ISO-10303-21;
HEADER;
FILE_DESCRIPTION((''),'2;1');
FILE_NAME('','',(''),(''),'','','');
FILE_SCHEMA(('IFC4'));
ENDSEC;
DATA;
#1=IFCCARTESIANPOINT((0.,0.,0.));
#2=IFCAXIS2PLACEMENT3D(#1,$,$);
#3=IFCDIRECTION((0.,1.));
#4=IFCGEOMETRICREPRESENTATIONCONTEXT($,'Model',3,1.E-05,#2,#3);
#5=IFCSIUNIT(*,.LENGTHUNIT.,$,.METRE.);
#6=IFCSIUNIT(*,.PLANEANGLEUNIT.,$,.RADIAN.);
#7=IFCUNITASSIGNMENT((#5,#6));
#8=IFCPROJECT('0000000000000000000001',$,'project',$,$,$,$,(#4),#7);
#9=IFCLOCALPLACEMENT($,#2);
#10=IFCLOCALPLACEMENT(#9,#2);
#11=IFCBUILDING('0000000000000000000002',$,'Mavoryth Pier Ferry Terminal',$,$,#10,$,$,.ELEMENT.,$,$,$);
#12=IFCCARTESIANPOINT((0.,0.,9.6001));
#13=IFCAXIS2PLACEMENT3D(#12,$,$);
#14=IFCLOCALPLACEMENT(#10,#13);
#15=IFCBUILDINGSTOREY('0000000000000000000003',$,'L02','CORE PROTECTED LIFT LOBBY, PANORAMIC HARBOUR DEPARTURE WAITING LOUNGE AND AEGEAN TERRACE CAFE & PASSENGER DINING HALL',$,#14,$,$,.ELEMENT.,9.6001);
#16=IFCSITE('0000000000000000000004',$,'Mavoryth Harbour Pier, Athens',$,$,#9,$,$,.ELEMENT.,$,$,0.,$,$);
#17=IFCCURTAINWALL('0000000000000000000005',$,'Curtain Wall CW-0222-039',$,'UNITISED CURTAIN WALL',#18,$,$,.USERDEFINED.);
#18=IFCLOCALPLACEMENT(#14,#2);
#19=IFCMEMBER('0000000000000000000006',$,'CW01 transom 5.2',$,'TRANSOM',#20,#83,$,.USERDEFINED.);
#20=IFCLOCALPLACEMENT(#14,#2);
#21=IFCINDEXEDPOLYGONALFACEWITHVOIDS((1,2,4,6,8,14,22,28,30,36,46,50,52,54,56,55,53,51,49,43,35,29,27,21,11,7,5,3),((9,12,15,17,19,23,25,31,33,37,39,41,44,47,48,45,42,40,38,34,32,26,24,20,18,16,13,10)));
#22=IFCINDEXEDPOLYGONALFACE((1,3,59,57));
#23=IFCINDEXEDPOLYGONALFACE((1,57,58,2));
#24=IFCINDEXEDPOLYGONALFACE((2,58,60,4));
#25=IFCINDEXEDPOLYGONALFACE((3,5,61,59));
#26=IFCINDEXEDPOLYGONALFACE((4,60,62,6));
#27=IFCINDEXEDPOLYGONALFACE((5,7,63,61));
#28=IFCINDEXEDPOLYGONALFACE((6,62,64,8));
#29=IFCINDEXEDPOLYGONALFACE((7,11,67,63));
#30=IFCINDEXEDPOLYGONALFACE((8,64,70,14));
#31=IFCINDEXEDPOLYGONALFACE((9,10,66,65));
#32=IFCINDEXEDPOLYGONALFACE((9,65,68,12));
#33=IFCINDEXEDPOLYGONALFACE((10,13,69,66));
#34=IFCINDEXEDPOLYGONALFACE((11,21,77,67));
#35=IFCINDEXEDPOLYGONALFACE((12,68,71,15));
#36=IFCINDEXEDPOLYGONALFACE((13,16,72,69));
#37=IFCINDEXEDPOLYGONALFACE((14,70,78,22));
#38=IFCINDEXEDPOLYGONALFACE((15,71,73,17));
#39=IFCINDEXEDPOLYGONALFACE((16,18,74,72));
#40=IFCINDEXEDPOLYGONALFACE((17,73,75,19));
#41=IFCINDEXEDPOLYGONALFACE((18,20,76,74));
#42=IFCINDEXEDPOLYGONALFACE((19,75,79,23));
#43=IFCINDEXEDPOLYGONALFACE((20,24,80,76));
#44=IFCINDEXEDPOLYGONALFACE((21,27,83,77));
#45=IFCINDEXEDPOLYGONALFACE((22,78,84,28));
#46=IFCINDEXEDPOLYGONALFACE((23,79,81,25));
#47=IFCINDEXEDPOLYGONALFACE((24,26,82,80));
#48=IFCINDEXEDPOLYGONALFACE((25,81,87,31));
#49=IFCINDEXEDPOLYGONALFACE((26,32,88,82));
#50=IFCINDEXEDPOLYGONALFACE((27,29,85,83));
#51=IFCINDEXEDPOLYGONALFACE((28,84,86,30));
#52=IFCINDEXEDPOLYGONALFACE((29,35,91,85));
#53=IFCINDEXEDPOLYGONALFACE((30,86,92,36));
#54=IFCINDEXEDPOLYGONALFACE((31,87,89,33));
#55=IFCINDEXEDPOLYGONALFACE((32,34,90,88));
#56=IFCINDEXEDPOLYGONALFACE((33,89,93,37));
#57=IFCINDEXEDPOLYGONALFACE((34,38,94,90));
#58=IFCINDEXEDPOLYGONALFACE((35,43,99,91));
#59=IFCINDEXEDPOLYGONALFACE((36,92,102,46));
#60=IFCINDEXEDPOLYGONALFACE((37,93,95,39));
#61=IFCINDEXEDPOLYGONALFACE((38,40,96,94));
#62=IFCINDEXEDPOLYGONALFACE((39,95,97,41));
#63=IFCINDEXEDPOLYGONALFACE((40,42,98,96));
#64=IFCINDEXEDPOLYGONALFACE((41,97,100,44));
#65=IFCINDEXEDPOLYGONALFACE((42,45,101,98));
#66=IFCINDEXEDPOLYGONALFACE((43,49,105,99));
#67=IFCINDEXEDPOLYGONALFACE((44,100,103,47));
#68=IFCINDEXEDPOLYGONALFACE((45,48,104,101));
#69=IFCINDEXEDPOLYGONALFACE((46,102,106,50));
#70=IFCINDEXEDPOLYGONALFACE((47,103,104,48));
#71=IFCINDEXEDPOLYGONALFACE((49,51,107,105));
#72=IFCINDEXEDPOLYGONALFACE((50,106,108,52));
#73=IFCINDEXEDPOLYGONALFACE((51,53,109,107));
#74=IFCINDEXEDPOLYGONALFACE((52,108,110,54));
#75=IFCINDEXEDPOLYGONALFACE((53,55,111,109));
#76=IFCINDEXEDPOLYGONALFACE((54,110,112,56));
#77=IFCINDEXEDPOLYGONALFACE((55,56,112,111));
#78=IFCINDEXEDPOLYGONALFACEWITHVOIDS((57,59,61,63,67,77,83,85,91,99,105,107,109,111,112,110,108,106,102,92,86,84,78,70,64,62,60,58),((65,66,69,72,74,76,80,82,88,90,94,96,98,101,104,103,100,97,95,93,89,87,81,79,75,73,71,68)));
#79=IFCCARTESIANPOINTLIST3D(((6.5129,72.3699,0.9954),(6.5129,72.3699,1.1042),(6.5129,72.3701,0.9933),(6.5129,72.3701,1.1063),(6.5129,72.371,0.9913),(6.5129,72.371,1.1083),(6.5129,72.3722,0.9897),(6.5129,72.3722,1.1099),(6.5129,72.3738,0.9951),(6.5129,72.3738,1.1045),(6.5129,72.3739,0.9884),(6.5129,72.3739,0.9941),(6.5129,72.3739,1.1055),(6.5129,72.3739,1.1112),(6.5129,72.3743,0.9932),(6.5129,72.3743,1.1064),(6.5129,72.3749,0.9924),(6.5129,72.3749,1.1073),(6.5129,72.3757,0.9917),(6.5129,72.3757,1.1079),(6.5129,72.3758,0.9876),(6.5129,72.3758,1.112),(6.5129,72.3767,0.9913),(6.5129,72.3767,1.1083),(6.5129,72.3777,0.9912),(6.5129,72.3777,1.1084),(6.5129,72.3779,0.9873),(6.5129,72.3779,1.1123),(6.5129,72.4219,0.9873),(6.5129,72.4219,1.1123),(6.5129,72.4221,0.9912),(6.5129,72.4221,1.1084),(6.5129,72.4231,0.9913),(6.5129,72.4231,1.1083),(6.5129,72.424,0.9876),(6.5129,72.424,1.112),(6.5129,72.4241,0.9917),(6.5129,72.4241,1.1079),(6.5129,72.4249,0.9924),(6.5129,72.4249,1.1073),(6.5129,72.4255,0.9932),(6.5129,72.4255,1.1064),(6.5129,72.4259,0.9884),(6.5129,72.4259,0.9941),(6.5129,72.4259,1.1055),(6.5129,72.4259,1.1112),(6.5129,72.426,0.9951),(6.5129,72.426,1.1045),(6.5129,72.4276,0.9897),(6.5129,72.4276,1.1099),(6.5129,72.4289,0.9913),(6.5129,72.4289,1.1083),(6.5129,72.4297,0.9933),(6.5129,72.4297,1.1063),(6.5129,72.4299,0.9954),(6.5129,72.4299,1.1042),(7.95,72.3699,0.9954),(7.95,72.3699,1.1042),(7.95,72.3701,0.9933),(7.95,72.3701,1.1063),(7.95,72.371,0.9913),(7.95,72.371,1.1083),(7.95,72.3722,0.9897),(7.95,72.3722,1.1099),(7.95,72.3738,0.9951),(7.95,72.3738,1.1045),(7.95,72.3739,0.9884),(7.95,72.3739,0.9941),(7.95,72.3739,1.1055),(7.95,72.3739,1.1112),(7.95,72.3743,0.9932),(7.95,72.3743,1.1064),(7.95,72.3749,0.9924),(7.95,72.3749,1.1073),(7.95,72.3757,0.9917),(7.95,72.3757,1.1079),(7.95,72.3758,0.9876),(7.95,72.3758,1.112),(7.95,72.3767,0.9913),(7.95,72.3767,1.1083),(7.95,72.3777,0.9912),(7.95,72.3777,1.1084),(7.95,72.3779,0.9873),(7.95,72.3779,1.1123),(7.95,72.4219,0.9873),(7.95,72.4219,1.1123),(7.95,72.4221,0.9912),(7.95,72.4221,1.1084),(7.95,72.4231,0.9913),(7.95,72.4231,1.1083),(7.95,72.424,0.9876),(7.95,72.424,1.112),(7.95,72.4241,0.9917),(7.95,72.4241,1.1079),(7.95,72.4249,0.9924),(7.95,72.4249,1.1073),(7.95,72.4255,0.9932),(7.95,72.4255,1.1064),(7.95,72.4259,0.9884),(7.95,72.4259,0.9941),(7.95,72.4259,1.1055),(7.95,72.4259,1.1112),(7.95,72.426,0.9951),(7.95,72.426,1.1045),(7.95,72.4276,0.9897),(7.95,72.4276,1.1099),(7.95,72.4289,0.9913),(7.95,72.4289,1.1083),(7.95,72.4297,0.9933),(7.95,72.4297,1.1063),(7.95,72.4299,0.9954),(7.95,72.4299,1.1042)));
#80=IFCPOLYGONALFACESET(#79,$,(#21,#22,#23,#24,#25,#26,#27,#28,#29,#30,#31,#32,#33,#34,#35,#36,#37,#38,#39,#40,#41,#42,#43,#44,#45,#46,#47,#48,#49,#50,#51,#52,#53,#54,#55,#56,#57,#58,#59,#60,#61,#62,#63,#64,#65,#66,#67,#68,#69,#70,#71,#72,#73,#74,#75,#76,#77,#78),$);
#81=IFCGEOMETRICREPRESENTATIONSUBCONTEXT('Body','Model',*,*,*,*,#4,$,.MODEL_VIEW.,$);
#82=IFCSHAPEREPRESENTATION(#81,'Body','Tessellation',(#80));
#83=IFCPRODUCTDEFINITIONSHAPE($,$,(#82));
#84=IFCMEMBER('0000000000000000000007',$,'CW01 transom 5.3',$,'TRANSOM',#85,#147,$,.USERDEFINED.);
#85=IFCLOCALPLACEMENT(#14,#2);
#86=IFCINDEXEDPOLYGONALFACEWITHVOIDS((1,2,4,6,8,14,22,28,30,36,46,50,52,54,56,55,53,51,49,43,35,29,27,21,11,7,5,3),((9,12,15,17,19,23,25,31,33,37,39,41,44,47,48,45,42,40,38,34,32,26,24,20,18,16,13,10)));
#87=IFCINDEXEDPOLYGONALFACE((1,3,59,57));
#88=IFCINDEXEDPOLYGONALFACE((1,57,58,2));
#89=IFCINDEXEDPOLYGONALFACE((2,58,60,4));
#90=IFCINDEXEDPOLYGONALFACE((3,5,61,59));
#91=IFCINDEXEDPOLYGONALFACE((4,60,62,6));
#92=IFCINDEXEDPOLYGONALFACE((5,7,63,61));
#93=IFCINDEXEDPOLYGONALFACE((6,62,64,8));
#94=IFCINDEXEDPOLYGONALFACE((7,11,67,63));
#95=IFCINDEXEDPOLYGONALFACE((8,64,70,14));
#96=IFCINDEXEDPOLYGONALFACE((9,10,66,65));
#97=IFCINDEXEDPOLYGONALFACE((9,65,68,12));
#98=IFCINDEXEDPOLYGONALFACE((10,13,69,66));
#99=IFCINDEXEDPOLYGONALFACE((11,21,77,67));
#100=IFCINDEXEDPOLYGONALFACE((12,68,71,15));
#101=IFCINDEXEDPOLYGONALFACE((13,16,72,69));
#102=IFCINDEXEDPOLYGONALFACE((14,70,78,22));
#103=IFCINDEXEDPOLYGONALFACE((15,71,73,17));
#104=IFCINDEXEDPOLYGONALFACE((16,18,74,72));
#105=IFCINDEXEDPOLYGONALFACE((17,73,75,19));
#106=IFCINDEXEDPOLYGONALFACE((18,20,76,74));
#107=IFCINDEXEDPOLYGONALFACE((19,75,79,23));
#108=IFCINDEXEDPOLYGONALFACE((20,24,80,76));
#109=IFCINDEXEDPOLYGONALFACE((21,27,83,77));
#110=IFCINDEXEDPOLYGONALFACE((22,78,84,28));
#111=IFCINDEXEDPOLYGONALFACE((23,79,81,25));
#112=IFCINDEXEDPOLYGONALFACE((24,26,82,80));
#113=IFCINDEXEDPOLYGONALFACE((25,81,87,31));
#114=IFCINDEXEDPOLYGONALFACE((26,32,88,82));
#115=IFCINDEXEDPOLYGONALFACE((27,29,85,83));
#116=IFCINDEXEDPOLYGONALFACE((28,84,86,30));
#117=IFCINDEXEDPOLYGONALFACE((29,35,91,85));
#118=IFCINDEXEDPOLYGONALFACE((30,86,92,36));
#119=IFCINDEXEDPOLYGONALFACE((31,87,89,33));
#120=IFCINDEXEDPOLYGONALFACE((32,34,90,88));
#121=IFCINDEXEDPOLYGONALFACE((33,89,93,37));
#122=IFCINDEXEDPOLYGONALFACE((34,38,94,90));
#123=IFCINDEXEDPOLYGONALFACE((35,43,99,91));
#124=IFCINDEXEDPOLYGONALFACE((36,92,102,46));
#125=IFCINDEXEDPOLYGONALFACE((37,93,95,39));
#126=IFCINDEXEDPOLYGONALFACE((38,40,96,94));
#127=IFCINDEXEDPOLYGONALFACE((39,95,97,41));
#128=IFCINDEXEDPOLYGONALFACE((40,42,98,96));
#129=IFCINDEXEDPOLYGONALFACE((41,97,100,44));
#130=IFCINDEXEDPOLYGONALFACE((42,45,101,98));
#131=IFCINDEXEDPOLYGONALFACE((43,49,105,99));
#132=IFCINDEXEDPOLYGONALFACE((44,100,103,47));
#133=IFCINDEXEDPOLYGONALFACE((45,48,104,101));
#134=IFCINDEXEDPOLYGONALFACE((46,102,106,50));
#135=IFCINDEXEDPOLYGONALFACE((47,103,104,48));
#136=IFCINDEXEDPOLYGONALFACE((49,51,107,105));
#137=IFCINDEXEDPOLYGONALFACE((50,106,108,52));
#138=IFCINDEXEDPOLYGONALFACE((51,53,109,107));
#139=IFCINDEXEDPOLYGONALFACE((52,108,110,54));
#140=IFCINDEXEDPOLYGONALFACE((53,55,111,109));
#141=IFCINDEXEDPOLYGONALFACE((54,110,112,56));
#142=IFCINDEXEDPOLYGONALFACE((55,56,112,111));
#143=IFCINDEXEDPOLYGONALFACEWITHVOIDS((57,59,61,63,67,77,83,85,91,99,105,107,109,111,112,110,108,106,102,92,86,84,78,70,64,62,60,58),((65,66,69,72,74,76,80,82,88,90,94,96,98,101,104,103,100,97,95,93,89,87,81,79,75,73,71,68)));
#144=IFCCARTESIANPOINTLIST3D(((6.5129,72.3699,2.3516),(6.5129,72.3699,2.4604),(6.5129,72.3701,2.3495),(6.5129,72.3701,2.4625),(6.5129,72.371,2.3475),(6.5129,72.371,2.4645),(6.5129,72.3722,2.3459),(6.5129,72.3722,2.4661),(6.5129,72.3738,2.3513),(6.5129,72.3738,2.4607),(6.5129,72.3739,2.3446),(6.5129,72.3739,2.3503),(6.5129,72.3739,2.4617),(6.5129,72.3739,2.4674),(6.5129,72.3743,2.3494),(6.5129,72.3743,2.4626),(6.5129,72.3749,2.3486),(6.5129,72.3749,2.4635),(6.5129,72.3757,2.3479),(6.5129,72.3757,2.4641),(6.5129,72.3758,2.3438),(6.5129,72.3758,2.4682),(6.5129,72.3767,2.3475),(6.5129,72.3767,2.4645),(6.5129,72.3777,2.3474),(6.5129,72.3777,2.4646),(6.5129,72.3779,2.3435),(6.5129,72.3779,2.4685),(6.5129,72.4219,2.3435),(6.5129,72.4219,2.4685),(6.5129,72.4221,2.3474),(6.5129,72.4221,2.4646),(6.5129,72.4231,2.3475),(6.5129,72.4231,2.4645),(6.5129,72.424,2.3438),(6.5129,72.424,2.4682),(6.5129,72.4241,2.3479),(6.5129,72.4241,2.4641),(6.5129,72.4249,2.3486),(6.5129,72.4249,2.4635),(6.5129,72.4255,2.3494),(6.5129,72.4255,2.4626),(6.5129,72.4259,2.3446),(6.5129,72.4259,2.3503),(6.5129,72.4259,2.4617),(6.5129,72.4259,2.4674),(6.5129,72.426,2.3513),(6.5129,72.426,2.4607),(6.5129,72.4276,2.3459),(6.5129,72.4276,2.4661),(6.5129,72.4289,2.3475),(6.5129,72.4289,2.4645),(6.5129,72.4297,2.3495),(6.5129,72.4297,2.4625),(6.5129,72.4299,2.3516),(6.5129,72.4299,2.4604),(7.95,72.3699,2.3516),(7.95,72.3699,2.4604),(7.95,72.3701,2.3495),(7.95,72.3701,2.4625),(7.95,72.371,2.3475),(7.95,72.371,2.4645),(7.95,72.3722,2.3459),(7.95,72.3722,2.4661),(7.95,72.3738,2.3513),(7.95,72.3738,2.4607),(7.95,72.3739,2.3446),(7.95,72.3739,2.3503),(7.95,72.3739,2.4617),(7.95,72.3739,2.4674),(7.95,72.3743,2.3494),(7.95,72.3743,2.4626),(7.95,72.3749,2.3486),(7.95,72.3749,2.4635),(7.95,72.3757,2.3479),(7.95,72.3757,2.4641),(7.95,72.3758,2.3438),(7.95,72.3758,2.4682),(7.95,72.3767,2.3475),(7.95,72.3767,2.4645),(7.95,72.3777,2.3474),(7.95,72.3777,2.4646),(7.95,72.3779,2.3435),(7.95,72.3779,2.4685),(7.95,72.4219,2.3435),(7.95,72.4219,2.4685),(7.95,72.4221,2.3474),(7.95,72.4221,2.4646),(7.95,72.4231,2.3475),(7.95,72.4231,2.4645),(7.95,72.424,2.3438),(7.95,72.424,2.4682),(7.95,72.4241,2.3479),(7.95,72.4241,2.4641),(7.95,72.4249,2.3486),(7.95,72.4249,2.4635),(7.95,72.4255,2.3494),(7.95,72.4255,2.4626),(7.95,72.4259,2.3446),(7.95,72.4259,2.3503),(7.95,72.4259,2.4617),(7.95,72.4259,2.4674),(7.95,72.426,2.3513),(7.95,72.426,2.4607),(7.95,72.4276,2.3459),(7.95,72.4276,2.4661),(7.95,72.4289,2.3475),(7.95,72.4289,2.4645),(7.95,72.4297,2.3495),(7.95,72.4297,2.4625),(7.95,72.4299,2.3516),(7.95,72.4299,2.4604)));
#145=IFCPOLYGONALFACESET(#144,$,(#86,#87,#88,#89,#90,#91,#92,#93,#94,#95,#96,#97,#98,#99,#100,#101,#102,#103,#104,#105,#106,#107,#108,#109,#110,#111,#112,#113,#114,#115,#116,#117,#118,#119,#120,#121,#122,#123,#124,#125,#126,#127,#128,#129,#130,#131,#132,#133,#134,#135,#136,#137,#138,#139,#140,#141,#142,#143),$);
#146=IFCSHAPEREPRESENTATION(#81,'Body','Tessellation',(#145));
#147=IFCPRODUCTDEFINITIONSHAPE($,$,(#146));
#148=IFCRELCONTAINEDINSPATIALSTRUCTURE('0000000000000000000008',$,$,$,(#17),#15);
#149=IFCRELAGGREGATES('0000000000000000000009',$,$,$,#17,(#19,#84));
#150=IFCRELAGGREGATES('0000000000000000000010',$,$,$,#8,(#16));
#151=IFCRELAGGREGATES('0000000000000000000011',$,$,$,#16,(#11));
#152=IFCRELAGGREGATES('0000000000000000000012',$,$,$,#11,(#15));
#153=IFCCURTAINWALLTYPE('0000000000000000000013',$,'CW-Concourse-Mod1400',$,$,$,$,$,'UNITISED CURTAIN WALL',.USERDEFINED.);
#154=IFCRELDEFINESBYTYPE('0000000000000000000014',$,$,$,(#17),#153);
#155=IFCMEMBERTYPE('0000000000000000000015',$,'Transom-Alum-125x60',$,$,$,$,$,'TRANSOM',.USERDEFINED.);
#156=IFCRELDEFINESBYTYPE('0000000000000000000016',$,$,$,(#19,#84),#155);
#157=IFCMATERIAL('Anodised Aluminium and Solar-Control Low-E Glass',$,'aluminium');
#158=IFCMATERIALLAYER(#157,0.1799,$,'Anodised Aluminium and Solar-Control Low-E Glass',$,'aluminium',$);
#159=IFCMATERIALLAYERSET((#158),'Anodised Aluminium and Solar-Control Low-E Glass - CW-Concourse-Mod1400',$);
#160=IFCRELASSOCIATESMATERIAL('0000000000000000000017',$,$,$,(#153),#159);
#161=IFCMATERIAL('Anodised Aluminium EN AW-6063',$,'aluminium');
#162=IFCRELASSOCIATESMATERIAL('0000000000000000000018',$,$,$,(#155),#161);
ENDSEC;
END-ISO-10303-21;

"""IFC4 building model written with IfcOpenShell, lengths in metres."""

from ifc_helpers import new_model, si_unit, direction, frame, origin, origin_2d, place, context, subcontext, project, spatial, hollow_rectangle, extrude, material, layer, layer_set, material_profile, profile_set, type_object, element, aggregate, save


model = new_model("IFC4")

# Units and contexts
model_context = context("Model", 3, precision=1e-05, world=origin(), true_north=direction((0.0, 1.0)))
body_context = subcontext(model_context, "Body", "Model", "MODEL_VIEW")
ifc_project = project(units=[si_unit("LENGTHUNIT", "METRE"), si_unit("PLANEANGLEUNIT", "RADIAN")], contexts=[model_context])

# Site, building, storey
site_placement = place(None, origin())
site = spatial("IfcSite", under=ifc_project, at=site_placement, Name="Mavoryth Harbour Pier, Athens", CompositionType="ELEMENT", RefElevation=0.0)
building_placement = place(site_placement, origin())
building = spatial("IfcBuilding", under=site, at=building_placement, Name="Mavoryth Pier Ferry Terminal", CompositionType="ELEMENT")
storey_placement = place(building_placement, frame((0.0, 0.0, 9.6001)))
storey = spatial("IfcBuildingStorey", under=building, at=storey_placement, Name="L02", Description="CORE PROTECTED LIFT LOBBY, PANORAMIC HARBOUR DEPARTURE WAITING LOUNGE AND AEGEAN TERRACE CAFE & PASSENGER DINING HALL", CompositionType="ELEMENT", Elevation=9.6001)

# Curtain wall
ifc_material_1 = material(Name="Anodised Aluminium and Solar-Control Low-E Glass", Category="aluminium")
ifc_layer_1 = layer(ifc_material_1, 0.1799, Name="Anodised Aluminium and Solar-Control Low-E Glass", Category="aluminium")
ifc_layer_set_1 = layer_set([ifc_layer_1], Name="Anodised Aluminium and Solar-Control Low-E Glass - CW-Concourse-Mod1400")
curtain_wall_type = type_object("IfcCurtainWallType", Name="CW-Concourse-Mod1400", ElementType="UNITISED CURTAIN WALL", PredefinedType="USERDEFINED", material=ifc_layer_set_1)
curtain_wall_1_placement = place(storey_placement, origin())
curtain_wall_1 = element("IfcCurtainWall", 1, at=curtain_wall_1_placement, inside=storey, type_object=curtain_wall_type, Name="Curtain Wall CW-0222-039", ObjectType="UNITISED CURTAIN WALL", PredefinedType="USERDEFINED")
ifc_material_2 = material(Name="Anodised Aluminium EN AW-6063", Category="aluminium")

# Members
ifc_material_profile_1 = material_profile(ifc_material_2, hollow_rectangle(XDim=0.0601, YDim=0.125, WallThickness=0.0039, InnerFilletRadius=0.0039, OuterFilletRadius=0.0081, at=origin_2d()), Name="AL-TRAN 125x60x4", Category="aluminium")
ifc_profile_set_1 = profile_set([ifc_material_profile_1], Name="Anodised Aluminium EN AW-6063 - AL-TRAN 125x60x4")
member_type_1 = type_object("IfcMemberType", Name="Transom-Alum-125x60", ElementType="TRANSOM", PredefinedType="USERDEFINED", material=ifc_profile_set_1)
member_1_placement = place(storey_placement, frame((6.5129, 72.3999, 1.0498), z_axis=(1.0, 0.0, 0.0), x_axis=(0.0, 1.0, 0.0)))
member_1 = element("IfcMember", 2, at=member_1_placement, type_object=member_type_1, Name="CW01 transom 5.2", ObjectType="TRANSOM", PredefinedType="USERDEFINED", context=body_context, shape_type="SweptSolid", body=[
    extrude(hollow_rectangle(XDim=0.0601, YDim=0.125, WallThickness=0.0039, InnerFilletRadius=0.0039, OuterFilletRadius=0.0081, at=origin_2d()), origin(), (0.0, 0.0, 1.0), 1.437),
])
member_2_placement = place(storey_placement, frame((6.5129, 72.3999, 2.406), z_axis=(1.0, 0.0, 0.0), x_axis=(0.0, 1.0, 0.0)))
member_2 = element("IfcMember", 3, at=member_2_placement, type_object=member_type_1, Name="CW01 transom 5.3", ObjectType="TRANSOM", PredefinedType="USERDEFINED", context=body_context, shape_type="SweptSolid", body=[
    extrude(hollow_rectangle(XDim=0.0601, YDim=0.125, WallThickness=0.0039, InnerFilletRadius=0.0039, OuterFilletRadius=0.0081, at=origin_2d()), origin(), (0.0, 0.0, 1.0), 1.437),
])

aggregate(curtain_wall_1, [member_1, member_2])

save(model, "model.ifc")
